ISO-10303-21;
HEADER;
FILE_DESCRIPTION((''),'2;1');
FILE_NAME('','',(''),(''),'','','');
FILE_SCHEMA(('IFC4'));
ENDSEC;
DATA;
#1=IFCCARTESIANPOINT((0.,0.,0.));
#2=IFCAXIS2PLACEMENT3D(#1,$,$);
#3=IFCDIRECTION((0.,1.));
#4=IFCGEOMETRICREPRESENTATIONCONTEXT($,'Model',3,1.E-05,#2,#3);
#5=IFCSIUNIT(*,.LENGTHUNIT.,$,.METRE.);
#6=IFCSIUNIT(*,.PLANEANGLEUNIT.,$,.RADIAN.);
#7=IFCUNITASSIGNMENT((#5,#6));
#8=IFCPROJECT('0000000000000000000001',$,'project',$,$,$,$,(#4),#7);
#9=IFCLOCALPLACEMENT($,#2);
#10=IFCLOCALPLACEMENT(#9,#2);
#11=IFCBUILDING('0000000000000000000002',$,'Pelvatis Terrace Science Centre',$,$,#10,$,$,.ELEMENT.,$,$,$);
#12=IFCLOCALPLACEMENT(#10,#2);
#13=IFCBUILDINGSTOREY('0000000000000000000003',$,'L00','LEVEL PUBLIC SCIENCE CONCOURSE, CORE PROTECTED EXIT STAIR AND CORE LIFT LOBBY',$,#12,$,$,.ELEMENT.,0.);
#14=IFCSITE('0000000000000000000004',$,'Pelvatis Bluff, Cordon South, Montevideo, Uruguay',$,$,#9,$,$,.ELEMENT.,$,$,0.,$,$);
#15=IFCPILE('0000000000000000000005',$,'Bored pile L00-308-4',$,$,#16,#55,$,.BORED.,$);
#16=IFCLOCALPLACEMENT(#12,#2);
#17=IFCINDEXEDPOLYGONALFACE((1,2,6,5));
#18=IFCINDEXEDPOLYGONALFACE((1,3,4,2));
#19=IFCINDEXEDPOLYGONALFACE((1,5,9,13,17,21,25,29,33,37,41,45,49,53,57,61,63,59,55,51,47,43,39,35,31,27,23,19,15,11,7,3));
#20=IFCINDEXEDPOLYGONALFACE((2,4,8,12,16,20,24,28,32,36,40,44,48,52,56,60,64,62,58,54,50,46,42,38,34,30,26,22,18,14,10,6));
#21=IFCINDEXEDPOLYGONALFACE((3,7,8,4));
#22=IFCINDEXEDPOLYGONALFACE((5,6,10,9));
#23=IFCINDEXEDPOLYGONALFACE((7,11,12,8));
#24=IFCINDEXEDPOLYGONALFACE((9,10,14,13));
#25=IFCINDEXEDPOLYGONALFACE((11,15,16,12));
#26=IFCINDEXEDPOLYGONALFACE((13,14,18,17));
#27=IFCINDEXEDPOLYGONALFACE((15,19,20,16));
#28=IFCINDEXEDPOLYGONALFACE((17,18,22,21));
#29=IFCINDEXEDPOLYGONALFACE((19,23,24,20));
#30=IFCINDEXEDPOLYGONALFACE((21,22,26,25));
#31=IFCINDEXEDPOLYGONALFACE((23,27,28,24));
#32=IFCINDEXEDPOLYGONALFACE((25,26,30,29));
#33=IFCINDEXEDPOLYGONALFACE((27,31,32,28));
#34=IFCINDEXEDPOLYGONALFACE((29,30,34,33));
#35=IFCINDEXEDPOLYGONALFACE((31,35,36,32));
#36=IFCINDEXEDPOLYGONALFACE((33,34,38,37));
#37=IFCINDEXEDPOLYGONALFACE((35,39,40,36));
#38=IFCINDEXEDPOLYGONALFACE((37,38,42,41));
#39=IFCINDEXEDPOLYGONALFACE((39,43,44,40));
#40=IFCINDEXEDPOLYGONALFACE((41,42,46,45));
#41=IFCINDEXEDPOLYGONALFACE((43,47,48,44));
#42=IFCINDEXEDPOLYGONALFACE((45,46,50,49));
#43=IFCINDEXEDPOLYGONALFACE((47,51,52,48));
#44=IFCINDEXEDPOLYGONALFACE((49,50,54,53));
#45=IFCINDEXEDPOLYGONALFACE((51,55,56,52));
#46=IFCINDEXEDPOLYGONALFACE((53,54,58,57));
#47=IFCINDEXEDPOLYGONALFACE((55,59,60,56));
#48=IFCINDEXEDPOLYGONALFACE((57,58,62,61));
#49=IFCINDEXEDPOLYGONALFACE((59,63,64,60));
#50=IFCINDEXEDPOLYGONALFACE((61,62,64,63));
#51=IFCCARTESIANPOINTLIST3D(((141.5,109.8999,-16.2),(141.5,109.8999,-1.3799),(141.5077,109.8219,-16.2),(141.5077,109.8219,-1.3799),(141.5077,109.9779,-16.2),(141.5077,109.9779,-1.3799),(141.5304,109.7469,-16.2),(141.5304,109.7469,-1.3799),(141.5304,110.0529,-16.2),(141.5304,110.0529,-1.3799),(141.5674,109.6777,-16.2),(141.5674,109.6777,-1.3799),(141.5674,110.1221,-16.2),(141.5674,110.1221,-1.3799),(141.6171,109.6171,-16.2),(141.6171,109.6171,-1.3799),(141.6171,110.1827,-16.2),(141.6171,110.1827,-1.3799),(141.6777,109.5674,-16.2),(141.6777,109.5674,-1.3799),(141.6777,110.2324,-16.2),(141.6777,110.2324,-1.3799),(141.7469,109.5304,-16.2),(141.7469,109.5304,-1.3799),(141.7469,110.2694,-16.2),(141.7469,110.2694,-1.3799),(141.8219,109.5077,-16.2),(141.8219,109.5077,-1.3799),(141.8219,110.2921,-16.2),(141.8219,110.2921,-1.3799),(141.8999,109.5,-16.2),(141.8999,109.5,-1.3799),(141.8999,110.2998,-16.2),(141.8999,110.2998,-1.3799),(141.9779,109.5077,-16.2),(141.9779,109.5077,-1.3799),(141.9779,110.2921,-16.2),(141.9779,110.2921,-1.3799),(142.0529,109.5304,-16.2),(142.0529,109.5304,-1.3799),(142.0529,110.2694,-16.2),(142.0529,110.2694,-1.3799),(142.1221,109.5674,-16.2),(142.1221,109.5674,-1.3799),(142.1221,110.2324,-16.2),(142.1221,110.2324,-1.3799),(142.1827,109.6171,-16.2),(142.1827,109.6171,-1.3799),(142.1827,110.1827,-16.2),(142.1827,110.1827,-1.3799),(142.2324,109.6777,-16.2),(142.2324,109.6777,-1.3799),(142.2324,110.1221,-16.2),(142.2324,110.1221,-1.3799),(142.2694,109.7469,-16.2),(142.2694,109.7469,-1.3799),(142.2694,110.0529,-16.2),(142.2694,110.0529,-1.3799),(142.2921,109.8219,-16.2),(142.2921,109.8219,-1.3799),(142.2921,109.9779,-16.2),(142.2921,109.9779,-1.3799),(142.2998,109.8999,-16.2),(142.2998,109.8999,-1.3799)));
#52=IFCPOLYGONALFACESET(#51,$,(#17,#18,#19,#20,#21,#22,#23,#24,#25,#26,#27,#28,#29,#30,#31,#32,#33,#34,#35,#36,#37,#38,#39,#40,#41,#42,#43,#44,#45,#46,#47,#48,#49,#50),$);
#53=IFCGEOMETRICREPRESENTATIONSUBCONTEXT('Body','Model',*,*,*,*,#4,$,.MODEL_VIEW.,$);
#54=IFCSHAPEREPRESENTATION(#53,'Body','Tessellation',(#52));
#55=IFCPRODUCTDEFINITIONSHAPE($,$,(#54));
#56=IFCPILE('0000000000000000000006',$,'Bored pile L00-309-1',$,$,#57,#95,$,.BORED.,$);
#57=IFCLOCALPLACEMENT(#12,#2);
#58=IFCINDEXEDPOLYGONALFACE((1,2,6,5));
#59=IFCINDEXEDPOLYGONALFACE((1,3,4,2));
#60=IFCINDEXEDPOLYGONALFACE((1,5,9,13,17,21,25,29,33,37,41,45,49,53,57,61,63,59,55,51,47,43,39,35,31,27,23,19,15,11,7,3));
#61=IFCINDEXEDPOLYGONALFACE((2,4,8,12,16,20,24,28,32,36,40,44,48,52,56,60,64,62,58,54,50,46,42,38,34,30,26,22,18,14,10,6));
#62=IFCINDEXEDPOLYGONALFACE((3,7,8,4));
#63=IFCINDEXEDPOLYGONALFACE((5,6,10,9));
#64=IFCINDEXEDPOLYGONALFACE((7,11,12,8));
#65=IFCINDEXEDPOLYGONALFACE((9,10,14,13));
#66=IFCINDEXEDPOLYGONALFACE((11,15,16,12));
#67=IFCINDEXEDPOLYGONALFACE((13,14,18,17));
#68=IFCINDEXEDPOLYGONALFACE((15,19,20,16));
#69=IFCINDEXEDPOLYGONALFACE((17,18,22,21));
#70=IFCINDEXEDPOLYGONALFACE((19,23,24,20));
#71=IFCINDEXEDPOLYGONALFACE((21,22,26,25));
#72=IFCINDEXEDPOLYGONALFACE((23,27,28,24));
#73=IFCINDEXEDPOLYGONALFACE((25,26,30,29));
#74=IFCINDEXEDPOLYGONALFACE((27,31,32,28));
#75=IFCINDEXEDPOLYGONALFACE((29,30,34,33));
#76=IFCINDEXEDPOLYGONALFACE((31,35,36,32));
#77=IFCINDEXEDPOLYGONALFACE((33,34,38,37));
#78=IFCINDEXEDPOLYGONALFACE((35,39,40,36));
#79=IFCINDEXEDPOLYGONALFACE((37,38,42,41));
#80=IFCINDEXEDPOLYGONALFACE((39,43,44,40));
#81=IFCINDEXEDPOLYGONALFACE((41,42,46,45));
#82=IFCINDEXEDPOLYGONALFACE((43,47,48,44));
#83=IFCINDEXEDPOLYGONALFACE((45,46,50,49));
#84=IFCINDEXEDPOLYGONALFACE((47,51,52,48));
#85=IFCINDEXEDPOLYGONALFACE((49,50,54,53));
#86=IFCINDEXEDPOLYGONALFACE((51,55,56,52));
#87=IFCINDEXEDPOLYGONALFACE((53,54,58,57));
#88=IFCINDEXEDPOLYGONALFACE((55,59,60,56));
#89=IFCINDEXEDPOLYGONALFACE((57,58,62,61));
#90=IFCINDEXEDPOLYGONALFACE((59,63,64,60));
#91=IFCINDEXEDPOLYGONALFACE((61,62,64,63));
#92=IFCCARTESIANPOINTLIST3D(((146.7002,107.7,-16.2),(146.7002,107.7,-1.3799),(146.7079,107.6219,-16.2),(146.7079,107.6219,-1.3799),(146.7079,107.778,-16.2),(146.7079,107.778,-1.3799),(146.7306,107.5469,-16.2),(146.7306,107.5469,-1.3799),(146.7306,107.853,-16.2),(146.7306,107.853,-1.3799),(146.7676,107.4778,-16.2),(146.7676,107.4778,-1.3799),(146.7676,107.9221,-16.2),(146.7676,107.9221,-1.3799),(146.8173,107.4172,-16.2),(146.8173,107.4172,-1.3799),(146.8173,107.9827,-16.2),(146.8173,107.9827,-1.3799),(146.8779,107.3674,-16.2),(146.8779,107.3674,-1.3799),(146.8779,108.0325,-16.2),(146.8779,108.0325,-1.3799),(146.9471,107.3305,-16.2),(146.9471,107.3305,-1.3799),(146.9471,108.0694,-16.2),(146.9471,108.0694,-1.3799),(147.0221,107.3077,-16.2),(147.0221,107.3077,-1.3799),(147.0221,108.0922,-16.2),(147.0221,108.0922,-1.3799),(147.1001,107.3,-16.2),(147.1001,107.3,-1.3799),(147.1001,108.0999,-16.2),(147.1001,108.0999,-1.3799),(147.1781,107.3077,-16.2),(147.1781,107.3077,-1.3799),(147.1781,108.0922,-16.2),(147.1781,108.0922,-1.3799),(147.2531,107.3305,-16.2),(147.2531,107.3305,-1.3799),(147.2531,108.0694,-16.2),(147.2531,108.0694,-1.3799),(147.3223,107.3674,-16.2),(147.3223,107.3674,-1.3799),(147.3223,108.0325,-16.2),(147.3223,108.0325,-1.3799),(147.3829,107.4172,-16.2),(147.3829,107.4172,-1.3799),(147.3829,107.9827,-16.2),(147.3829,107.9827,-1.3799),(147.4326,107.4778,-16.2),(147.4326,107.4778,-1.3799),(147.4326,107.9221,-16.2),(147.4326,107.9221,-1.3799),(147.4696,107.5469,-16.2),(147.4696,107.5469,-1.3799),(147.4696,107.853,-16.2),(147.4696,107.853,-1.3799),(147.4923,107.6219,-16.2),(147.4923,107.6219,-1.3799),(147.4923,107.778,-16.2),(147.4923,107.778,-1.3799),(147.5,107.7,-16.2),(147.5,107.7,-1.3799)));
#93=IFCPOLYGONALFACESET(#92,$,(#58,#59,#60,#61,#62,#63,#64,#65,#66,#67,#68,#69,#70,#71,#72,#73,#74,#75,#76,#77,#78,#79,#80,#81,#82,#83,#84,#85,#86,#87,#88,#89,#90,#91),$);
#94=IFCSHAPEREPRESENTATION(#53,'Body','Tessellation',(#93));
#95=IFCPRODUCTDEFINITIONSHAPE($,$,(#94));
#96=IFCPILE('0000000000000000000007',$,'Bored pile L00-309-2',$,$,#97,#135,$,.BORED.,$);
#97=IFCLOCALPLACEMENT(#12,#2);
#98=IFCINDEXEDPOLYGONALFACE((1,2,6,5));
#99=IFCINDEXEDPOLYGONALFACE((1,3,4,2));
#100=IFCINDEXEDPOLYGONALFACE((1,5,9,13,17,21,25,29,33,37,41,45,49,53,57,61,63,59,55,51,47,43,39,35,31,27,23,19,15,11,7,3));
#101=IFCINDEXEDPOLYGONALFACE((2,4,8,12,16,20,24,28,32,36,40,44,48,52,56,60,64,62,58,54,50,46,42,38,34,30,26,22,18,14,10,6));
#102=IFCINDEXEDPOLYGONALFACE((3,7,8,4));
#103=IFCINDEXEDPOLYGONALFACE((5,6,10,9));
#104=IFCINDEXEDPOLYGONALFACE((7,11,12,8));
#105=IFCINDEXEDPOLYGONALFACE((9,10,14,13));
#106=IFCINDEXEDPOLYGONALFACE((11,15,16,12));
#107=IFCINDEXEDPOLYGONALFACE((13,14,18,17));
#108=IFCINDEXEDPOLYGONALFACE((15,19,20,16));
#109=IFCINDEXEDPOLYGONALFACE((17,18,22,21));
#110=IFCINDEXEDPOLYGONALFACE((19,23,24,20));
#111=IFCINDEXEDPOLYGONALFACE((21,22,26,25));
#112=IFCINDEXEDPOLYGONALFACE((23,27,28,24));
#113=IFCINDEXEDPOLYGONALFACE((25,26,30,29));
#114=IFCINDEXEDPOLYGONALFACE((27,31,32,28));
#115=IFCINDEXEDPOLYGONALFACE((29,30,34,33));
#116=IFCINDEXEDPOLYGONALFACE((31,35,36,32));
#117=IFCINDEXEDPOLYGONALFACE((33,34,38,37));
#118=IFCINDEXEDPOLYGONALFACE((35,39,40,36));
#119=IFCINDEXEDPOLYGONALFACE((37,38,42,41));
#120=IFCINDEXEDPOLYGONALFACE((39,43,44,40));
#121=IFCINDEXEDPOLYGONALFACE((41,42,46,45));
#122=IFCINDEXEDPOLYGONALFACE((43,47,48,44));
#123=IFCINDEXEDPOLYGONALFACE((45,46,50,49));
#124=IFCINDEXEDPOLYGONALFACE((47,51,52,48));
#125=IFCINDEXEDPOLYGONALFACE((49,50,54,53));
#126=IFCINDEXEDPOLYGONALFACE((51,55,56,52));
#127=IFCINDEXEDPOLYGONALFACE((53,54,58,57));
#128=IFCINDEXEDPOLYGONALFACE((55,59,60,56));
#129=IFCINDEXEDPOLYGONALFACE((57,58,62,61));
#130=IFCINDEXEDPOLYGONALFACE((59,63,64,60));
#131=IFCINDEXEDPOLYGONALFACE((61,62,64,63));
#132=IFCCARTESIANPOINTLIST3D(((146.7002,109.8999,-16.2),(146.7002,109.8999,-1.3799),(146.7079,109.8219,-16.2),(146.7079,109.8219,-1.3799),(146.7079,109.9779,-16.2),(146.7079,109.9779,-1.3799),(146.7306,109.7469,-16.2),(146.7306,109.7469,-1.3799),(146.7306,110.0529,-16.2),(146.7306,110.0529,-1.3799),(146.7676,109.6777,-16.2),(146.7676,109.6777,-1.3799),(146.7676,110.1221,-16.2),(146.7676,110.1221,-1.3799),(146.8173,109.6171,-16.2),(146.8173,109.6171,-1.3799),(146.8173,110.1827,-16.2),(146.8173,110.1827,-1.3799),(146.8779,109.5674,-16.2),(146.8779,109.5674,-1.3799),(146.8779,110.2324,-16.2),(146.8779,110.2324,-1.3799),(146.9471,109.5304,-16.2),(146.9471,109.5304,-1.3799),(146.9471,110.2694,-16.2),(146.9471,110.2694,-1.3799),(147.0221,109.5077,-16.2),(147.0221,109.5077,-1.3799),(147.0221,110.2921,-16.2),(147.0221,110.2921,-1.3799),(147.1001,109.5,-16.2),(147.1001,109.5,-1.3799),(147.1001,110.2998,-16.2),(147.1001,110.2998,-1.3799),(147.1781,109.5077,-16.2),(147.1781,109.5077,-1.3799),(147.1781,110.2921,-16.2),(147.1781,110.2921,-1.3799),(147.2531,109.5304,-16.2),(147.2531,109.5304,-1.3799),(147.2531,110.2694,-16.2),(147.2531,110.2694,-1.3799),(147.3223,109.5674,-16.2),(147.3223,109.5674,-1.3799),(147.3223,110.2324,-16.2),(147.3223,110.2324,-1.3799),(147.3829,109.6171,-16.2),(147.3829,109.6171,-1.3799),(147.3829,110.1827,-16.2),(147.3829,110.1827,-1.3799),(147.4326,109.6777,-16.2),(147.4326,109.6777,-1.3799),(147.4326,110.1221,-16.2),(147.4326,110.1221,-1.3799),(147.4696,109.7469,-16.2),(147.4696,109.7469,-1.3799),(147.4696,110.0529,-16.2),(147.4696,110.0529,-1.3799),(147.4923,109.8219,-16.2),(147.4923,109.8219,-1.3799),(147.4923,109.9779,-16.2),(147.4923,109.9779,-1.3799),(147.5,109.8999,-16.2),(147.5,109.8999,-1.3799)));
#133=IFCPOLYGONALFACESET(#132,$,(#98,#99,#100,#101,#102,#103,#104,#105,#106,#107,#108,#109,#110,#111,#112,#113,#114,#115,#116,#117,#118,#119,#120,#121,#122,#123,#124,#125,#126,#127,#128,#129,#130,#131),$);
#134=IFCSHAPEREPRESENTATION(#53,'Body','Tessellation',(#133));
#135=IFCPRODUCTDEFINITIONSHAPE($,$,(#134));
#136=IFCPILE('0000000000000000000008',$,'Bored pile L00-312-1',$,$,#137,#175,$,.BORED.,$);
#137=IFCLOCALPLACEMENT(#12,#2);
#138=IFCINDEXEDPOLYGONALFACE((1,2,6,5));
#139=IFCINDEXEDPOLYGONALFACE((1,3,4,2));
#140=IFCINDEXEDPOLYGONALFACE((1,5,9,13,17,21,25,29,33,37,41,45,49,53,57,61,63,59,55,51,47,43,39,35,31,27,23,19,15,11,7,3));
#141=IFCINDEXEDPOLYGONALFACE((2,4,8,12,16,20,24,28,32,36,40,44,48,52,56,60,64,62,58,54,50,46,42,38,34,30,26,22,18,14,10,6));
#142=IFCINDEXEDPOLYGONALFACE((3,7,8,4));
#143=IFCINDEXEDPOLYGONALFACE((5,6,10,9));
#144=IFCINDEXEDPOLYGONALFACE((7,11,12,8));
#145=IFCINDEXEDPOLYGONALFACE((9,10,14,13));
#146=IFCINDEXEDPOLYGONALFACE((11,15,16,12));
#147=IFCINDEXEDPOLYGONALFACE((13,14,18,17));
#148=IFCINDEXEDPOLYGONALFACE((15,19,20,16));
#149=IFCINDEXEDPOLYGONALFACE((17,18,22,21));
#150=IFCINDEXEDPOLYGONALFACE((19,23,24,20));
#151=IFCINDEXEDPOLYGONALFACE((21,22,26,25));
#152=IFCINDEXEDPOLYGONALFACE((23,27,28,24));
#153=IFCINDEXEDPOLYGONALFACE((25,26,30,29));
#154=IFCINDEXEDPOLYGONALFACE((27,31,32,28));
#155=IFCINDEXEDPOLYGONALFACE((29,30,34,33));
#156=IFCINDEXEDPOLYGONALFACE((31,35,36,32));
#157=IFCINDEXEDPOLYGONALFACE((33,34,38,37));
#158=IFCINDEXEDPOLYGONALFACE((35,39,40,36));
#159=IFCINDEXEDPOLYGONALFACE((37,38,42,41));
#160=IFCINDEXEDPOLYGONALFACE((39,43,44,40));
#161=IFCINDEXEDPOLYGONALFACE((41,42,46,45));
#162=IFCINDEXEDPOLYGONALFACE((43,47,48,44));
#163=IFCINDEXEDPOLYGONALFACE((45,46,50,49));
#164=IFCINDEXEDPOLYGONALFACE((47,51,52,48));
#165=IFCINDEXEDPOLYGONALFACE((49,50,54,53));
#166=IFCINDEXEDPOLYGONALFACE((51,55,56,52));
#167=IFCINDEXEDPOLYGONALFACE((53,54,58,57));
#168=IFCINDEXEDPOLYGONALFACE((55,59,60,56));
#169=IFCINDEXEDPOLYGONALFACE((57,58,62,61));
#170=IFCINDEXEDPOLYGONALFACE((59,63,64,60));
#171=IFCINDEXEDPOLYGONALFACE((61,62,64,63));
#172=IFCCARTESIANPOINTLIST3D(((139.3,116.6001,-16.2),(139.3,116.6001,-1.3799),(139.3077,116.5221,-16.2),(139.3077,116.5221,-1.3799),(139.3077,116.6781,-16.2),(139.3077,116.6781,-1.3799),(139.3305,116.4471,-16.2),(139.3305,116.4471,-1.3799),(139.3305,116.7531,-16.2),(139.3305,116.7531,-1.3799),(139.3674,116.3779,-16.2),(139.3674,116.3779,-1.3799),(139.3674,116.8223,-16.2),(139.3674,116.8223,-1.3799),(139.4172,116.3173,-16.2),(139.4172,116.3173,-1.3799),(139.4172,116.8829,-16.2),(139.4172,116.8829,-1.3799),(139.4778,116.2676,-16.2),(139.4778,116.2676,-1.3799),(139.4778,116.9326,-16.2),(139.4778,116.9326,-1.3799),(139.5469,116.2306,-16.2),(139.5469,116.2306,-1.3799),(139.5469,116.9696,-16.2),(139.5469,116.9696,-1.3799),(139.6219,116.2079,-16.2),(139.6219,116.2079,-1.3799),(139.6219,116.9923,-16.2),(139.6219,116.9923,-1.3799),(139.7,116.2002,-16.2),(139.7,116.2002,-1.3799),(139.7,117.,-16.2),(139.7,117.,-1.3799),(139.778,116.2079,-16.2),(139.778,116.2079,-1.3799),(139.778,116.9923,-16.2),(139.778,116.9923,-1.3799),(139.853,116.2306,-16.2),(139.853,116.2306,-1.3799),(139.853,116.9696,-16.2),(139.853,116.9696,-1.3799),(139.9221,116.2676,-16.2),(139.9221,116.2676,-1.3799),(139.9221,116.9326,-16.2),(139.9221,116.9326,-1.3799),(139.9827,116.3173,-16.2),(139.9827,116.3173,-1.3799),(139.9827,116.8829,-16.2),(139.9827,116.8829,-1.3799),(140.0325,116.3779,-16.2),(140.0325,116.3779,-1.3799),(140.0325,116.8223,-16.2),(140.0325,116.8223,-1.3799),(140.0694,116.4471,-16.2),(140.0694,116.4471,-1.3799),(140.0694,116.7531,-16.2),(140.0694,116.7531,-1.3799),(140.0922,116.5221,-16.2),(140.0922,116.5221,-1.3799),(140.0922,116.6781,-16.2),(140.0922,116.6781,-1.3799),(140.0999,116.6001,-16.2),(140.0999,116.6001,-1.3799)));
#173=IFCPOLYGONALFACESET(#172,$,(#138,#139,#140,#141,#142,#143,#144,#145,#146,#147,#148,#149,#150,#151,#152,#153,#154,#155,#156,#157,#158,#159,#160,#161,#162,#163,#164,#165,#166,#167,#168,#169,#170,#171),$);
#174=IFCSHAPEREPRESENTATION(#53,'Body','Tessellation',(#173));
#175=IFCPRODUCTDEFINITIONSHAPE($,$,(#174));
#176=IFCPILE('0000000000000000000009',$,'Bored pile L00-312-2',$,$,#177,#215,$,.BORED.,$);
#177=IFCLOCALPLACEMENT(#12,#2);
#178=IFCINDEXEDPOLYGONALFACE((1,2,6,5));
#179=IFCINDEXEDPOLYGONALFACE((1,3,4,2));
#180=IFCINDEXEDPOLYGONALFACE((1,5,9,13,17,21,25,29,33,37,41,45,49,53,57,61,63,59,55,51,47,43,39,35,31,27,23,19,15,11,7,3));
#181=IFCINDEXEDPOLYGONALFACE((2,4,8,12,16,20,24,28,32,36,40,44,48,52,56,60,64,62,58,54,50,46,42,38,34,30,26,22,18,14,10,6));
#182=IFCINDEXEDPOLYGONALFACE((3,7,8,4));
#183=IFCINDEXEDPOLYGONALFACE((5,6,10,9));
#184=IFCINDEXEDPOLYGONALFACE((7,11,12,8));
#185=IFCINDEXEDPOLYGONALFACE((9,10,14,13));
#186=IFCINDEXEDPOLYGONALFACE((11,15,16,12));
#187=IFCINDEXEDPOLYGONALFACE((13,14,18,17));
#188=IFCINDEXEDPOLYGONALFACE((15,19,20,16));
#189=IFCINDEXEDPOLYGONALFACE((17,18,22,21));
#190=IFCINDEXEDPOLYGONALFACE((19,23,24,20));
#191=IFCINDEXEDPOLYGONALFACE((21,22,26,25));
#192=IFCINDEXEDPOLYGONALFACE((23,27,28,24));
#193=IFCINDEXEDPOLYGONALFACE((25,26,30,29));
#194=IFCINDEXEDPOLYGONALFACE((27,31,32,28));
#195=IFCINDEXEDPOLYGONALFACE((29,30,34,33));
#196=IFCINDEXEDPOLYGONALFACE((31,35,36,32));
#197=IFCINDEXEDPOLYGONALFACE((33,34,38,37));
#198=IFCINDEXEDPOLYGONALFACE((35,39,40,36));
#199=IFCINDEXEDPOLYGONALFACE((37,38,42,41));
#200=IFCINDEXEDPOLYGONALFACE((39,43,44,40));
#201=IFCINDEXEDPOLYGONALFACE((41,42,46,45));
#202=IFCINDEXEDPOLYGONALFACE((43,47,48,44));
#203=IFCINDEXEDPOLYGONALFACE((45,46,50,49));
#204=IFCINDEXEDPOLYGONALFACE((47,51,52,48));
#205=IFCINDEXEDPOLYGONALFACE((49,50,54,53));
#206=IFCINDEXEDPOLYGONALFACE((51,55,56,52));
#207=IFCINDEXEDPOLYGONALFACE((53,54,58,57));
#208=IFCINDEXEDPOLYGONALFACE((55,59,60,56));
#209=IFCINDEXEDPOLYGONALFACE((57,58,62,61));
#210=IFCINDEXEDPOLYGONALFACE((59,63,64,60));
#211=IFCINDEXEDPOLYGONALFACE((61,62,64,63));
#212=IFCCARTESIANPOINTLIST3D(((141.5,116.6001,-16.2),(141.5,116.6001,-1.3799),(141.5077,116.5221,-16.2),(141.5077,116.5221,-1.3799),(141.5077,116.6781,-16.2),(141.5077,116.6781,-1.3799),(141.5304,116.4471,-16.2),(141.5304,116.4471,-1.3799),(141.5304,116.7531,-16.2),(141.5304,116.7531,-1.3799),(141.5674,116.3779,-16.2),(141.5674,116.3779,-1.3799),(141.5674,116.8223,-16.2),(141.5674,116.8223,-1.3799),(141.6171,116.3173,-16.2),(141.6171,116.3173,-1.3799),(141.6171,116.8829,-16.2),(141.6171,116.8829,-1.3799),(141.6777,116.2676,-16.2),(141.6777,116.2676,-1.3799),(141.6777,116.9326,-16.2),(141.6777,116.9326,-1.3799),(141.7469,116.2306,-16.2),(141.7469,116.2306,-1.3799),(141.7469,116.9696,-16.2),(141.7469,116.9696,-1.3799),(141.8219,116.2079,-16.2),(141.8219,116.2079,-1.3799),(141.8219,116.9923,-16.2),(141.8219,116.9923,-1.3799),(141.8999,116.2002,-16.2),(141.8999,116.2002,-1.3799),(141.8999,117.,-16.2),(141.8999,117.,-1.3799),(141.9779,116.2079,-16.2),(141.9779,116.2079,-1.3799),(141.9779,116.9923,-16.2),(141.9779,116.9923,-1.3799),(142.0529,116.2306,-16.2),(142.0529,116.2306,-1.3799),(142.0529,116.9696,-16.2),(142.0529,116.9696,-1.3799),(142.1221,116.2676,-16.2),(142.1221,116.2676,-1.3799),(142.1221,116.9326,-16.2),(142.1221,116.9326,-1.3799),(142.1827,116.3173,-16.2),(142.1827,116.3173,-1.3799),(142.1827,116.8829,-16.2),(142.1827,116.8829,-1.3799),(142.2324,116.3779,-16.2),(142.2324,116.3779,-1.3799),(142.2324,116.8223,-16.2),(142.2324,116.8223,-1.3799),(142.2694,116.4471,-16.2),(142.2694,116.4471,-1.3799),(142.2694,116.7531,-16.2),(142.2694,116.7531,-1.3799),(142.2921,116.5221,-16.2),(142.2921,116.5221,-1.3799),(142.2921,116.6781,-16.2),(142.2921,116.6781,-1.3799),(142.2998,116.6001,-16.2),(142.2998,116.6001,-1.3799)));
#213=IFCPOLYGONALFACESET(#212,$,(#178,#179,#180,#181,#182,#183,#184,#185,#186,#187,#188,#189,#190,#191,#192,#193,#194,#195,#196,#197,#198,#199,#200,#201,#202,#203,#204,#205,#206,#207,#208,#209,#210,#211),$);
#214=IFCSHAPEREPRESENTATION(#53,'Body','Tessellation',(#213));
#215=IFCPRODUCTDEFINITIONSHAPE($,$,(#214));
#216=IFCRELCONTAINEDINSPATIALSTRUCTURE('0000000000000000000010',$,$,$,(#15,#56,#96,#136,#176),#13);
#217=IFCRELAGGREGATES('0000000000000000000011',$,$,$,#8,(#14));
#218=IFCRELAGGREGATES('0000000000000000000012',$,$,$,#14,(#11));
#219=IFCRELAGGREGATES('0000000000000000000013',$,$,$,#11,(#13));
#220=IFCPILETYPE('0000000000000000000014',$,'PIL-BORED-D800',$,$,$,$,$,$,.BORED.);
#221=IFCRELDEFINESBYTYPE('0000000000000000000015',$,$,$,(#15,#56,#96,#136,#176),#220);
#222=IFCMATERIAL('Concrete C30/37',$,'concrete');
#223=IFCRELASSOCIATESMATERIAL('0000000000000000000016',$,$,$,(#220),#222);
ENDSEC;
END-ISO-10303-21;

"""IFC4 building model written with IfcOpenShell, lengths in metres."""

from ifc_helpers import new_model, si_unit, direction, frame, origin, origin_2d, place, context, subcontext, project, spatial, circle, extrude, material, material_profile, profile_set, type_object, element, save


model = new_model("IFC4")

# Units and contexts
model_context = context("Model", 3, precision=1e-05, world=origin(), true_north=direction((0.0, 1.0)))
body_context = subcontext(model_context, "Body", "Model", "MODEL_VIEW")
ifc_project = project(units=[si_unit("LENGTHUNIT", "METRE"), si_unit("PLANEANGLEUNIT", "RADIAN")], contexts=[model_context])

# Site, building, storey
site_placement = place(None, origin())
site = spatial("IfcSite", under=ifc_project, at=site_placement, Name="Pelvatis Bluff, Cordon South, Montevideo, Uruguay", CompositionType="ELEMENT", RefElevation=0.0)
building_placement = place(site_placement, origin())
building = spatial("IfcBuilding", under=site, at=building_placement, Name="Pelvatis Terrace Science Centre", CompositionType="ELEMENT")
storey_placement = place(building_placement, origin())
storey = spatial("IfcBuildingStorey", under=building, at=storey_placement, Name="L00", Description="LEVEL PUBLIC SCIENCE CONCOURSE, CORE PROTECTED EXIT STAIR AND CORE LIFT LOBBY", CompositionType="ELEMENT", Elevation=0.0)

# Piles
ifc_material_1 = material(Name="Concrete C30/37", Category="concrete")
ifc_material_profile_1 = material_profile(ifc_material_1, circle(Radius=0.3999, at=origin_2d()), Name="PILE D800")
ifc_profile_set_1 = profile_set([ifc_material_profile_1], Name="Concrete C30/37")
pile_type = type_object("IfcPileType", Name="PIL-BORED-D800", PredefinedType="BORED", material=ifc_profile_set_1)
for number, where, z_axis, x_axis, name in (
    (1, (141.8999, 109.8999, -1.3799), (0.0, 0.0, -1.0), (1.0, 0.0, 0.0), "Bored pile L00-308-4"),
    (2, (147.1001, 107.7, -1.3799), (0.0, 0.0, -1.0), (1.0, 0.0, 0.0), "Bored pile L00-309-1"),
    (3, (147.1001, 109.8999, -1.3799), (0.0, 0.0, -1.0), (1.0, 0.0, 0.0), "Bored pile L00-309-2"),
    (4, (139.7, 116.6001, -1.3799), (0.0, 0.0, -1.0), (1.0, 0.0, 0.0), "Bored pile L00-312-1"),
    (5, (141.8999, 116.6001, -1.3799), (0.0, 0.0, -1.0), (1.0, 0.0, 0.0), "Bored pile L00-312-2"),
):
    element("IfcPile", number, at=place(storey_placement, frame(where, z_axis=z_axis, x_axis=x_axis)), inside=storey, type_object=pile_type, Name=name, PredefinedType="BORED", context=body_context, shape_type="SweptSolid", body=[
        extrude(circle(Radius=0.3999, at=origin_2d()), origin(), (0.0, 0.0, 1.0), 14.8201),
    ])

save(model, "model.ifc")
